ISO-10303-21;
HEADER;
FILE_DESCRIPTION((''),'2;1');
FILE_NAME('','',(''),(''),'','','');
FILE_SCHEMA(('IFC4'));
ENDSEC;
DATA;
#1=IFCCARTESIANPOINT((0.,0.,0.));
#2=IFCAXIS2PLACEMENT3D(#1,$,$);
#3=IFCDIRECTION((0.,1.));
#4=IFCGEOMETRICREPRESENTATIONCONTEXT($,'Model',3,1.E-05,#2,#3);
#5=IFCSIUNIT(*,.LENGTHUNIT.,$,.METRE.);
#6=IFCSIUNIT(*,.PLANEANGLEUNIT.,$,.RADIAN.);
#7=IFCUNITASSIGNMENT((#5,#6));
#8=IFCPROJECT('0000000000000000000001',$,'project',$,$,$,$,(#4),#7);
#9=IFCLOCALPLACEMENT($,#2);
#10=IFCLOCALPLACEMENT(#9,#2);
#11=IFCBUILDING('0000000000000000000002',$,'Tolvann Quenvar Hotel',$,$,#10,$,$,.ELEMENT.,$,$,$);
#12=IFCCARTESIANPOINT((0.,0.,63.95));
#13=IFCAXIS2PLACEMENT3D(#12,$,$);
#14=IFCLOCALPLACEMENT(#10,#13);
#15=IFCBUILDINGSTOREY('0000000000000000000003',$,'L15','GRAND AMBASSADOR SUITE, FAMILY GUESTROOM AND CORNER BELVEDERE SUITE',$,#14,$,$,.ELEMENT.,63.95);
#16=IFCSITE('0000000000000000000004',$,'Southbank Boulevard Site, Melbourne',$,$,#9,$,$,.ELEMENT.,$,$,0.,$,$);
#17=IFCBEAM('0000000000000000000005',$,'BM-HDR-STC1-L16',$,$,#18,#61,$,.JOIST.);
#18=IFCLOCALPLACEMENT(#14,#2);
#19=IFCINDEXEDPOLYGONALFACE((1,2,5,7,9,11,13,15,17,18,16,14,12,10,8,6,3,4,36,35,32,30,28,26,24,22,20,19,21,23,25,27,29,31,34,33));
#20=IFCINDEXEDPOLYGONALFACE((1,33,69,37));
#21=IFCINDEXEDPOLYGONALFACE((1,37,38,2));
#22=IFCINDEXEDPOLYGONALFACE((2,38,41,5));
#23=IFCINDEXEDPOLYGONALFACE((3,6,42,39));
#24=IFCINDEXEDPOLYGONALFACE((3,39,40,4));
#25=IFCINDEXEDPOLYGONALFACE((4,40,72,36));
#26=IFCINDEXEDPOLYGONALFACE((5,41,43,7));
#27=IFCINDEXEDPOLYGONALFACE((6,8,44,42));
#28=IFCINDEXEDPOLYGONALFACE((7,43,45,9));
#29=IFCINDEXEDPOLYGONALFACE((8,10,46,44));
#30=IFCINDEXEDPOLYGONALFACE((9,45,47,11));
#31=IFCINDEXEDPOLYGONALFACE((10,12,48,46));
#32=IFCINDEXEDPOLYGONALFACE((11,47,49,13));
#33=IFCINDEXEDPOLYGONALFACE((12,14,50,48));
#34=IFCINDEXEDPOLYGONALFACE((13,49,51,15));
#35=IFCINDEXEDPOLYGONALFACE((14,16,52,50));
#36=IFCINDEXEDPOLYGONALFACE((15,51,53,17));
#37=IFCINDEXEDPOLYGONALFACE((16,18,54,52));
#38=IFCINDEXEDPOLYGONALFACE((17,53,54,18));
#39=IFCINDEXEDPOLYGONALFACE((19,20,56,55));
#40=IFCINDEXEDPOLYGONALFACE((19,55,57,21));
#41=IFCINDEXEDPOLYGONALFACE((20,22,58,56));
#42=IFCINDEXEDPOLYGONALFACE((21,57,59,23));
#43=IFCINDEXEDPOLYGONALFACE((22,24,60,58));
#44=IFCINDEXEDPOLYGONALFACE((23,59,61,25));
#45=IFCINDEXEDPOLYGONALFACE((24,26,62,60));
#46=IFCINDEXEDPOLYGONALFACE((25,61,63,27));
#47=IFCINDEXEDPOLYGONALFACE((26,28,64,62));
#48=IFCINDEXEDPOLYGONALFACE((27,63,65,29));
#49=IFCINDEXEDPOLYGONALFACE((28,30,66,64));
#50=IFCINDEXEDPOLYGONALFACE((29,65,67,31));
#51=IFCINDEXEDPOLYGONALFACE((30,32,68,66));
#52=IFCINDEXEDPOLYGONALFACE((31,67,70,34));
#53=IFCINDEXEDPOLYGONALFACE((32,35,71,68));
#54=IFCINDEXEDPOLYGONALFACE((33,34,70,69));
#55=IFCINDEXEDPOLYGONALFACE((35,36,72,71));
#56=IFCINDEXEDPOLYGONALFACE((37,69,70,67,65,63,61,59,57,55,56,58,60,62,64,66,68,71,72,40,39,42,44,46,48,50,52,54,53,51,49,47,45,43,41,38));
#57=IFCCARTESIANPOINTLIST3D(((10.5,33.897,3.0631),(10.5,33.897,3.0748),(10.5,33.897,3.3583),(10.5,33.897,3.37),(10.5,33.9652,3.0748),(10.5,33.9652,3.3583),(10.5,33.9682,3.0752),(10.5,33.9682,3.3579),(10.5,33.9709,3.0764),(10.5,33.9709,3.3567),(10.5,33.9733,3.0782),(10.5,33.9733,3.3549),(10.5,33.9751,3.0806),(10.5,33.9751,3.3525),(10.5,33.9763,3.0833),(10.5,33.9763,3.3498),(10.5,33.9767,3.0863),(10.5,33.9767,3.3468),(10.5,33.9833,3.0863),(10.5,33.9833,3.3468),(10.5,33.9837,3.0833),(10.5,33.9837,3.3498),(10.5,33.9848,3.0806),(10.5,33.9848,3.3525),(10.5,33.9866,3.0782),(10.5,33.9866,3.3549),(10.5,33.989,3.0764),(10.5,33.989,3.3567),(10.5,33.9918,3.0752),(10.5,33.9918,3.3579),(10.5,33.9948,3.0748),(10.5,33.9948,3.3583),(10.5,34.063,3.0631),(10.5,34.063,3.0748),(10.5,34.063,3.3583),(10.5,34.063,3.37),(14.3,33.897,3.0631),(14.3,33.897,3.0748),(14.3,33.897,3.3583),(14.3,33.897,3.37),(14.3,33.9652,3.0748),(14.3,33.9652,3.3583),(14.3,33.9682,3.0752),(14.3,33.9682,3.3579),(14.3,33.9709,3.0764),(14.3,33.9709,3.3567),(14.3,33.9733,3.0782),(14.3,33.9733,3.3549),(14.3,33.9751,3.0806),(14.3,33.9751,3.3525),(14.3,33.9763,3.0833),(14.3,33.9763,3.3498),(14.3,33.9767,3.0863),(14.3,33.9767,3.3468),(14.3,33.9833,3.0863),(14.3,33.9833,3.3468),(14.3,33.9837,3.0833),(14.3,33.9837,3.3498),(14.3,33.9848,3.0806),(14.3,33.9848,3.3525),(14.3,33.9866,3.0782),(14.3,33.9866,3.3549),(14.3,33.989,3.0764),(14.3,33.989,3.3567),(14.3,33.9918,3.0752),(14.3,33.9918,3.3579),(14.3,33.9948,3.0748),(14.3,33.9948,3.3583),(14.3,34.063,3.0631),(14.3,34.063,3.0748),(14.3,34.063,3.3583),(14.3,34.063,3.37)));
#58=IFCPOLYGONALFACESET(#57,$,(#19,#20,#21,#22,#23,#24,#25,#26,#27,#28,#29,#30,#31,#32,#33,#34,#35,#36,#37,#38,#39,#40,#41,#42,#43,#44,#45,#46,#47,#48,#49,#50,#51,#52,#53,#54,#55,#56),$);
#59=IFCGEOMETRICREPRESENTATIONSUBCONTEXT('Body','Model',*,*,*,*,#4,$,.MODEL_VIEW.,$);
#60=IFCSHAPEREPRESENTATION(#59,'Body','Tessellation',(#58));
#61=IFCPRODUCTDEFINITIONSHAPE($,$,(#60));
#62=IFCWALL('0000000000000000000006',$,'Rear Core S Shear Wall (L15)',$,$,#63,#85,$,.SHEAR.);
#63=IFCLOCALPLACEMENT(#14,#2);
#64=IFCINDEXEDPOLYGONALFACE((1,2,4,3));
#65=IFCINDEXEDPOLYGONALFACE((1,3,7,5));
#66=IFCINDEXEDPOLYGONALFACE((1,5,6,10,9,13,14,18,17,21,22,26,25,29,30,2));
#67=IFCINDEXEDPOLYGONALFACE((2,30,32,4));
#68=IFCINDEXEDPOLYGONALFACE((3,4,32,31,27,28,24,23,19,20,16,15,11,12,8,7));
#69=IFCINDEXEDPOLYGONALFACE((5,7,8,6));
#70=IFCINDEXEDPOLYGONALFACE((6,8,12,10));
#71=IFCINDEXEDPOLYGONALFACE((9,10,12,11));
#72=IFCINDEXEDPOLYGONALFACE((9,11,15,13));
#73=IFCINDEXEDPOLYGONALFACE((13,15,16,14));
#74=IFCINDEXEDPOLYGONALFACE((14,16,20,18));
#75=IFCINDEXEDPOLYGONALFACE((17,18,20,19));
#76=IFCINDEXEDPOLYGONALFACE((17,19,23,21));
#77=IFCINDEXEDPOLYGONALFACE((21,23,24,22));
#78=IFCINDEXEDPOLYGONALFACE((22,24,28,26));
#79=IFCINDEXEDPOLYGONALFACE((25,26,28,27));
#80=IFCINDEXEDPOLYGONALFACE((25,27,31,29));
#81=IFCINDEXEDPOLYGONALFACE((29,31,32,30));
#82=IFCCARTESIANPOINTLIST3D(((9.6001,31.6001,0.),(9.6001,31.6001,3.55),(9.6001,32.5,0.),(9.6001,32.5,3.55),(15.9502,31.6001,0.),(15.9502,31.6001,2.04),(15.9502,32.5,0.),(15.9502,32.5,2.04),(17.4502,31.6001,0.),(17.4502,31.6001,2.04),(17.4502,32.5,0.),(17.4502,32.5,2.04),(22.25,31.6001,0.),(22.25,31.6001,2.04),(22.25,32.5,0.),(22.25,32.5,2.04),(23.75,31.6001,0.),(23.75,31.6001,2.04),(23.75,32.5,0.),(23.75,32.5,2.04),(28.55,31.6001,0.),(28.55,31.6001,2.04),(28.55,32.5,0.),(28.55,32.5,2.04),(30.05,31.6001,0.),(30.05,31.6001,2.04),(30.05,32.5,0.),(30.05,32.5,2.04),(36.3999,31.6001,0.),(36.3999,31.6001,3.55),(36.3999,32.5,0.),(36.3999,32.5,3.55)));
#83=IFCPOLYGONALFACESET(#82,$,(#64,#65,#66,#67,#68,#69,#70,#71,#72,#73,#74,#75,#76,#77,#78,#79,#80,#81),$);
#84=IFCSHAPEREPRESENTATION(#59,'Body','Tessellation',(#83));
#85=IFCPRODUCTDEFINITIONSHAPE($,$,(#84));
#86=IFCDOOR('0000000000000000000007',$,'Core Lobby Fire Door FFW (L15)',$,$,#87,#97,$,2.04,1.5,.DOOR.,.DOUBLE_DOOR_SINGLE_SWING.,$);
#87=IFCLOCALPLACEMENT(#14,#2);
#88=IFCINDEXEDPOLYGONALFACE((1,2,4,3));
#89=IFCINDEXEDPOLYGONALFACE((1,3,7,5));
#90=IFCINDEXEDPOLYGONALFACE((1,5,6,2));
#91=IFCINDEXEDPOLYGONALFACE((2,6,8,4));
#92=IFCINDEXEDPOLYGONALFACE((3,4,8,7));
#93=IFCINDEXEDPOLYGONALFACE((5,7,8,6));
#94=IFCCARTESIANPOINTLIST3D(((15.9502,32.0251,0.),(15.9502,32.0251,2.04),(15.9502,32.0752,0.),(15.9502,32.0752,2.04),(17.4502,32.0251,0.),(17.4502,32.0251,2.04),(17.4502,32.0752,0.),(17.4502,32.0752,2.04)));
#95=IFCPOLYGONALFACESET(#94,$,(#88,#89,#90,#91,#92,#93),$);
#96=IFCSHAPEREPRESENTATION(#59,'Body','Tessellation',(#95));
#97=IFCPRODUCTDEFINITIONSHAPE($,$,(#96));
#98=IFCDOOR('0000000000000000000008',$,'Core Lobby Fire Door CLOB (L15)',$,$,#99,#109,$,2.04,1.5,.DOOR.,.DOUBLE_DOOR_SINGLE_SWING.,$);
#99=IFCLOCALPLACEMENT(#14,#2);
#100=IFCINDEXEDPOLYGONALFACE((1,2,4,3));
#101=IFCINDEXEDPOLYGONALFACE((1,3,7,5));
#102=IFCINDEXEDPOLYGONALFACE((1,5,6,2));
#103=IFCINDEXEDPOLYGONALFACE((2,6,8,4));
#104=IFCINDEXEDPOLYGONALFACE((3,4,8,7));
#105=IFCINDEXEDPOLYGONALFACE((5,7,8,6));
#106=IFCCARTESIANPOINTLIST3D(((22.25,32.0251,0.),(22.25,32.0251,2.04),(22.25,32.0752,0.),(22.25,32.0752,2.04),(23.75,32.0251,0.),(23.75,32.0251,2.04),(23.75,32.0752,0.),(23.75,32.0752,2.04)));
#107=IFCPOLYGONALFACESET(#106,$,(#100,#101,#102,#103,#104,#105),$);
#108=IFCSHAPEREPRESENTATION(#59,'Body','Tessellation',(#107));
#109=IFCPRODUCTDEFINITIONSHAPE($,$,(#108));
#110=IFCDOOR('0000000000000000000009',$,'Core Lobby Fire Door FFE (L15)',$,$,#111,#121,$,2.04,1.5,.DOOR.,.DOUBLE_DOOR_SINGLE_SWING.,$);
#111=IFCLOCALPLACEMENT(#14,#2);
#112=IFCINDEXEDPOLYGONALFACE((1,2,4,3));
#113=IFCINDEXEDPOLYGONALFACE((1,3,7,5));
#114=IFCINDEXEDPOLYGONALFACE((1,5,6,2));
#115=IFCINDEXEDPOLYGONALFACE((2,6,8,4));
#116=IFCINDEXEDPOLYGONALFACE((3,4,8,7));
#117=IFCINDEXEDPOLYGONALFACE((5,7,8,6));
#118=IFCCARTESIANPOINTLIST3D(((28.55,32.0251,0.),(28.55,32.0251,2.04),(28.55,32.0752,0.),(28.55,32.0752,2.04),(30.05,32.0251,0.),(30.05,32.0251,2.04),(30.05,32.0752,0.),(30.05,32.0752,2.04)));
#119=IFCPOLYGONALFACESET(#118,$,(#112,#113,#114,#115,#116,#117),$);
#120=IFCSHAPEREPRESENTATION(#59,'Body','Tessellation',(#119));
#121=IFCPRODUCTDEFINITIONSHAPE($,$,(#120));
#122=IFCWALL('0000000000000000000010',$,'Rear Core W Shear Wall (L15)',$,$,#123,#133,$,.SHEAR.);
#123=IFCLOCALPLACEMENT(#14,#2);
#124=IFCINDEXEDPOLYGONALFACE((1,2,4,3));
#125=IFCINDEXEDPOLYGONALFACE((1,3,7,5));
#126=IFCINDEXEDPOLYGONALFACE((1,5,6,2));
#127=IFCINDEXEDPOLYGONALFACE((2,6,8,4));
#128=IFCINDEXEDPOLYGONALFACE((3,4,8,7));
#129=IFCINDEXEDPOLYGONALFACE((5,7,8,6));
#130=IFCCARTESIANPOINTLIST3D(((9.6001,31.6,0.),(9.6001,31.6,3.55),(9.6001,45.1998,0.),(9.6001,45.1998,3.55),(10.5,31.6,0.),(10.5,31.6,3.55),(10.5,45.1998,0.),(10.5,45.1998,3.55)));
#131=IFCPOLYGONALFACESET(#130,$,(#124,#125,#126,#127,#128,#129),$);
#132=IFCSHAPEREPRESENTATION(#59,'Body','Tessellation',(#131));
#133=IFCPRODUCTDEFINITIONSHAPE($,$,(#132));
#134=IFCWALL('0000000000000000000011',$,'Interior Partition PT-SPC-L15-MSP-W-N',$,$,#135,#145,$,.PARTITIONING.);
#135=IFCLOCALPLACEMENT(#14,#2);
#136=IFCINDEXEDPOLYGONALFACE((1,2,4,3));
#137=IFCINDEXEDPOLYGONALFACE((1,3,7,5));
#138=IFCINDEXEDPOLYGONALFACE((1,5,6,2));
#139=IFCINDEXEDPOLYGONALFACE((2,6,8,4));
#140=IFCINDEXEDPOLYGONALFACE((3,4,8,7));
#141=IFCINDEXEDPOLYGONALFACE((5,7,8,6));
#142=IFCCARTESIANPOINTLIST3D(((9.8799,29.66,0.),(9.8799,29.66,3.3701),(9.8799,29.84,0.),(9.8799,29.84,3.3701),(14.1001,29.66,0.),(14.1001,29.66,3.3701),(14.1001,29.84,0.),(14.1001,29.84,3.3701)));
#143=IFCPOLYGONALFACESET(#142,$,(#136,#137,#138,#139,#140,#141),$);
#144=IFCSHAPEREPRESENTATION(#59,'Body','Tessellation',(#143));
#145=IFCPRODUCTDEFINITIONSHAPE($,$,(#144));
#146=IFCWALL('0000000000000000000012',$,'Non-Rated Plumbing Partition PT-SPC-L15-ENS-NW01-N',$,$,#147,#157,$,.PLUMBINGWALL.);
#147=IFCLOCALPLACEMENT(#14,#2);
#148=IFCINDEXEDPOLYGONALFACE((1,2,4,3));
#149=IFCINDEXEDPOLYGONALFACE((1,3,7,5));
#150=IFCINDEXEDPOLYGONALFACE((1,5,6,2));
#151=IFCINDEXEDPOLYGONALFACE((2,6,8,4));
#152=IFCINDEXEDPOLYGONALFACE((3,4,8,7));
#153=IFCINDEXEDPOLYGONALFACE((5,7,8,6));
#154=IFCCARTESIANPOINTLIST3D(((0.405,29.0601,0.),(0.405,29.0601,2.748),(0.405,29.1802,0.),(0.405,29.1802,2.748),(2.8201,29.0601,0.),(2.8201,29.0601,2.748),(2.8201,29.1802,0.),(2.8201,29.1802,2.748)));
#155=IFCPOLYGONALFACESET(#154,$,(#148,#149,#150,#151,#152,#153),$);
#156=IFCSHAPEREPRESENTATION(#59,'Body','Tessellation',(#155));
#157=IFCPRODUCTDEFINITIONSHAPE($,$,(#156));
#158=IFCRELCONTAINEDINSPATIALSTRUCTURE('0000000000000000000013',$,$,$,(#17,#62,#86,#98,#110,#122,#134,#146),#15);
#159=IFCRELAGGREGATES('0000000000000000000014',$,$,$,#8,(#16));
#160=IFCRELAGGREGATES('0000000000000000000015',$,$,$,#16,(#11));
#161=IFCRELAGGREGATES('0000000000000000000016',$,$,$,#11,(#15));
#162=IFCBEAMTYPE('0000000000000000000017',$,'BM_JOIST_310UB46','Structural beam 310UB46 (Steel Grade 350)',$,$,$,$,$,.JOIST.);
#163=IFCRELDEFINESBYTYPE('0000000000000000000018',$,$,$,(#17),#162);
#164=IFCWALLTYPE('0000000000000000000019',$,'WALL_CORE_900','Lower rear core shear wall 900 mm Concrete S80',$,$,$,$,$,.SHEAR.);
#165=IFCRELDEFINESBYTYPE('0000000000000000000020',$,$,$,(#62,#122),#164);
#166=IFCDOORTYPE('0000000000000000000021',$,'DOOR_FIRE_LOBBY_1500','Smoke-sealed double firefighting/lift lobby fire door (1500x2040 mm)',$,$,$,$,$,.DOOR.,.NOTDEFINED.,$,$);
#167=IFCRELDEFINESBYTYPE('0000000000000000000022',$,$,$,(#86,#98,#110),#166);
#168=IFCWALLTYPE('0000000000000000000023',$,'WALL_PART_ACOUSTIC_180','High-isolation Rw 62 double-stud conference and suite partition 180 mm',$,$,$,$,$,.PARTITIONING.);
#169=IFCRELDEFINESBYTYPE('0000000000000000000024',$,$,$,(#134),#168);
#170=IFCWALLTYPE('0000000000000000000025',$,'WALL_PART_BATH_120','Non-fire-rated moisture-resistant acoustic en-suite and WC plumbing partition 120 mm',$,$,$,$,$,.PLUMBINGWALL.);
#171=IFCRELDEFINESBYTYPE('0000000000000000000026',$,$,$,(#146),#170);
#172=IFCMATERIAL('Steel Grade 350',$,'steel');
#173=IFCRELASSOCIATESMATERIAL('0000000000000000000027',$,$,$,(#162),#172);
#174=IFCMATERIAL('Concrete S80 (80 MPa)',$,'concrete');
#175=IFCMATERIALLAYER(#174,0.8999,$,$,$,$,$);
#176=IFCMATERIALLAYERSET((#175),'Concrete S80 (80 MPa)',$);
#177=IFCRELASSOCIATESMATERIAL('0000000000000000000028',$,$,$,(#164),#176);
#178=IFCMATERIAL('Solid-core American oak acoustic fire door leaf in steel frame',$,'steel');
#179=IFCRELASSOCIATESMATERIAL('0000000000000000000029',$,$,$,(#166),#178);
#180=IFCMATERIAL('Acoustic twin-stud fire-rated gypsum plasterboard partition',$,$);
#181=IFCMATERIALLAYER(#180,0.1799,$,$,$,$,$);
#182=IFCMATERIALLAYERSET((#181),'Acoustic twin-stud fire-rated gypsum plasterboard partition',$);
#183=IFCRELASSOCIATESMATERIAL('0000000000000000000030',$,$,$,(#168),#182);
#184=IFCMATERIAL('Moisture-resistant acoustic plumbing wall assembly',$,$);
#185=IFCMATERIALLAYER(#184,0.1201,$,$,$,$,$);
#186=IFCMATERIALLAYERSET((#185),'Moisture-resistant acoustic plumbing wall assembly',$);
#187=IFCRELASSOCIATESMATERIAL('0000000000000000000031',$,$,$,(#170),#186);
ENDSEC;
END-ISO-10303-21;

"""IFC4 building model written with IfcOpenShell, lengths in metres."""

from ifc_helpers import new_model, si_unit, direction, frame, frame_2d, origin, origin_2d, place, context, subcontext, project, spatial, rectangle, i_section, extrude, source, transform, mapped, material, layer, layer_set, material_profile, profile_set, type_object, type_shapes, element, fill, save


model = new_model("IFC4")

# Units and contexts
model_context = context("Model", 3, precision=1e-05, world=origin(), true_north=direction((0.0, 1.0)))
body_context = subcontext(model_context, "Body", "Model", "MODEL_VIEW")
ifc_project = project(units=[si_unit("LENGTHUNIT", "METRE"), si_unit("PLANEANGLEUNIT", "RADIAN")], contexts=[model_context])

# Site, building, storey
site_placement = place(None, origin())
site = spatial("IfcSite", under=ifc_project, at=site_placement, Name="Southbank Boulevard Site, Melbourne", CompositionType="ELEMENT", RefElevation=0.0)
building_placement = place(site_placement, origin())
building = spatial("IfcBuilding", under=site, at=building_placement, Name="Tolvann Quenvar Hotel", CompositionType="ELEMENT")
storey_placement = place(building_placement, frame((0.0, 0.0, 63.95)))
storey = spatial("IfcBuildingStorey", under=building, at=storey_placement, Name="L15", Description="GRAND AMBASSADOR SUITE, FAMILY GUESTROOM AND CORNER BELVEDERE SUITE", CompositionType="ELEMENT", Elevation=63.95)

# Beam
ifc_material_1 = material(Name="Steel Grade 350", Category="steel")
ifc_material_profile_1 = material_profile(ifc_material_1, i_section(OverallWidth=0.166, OverallDepth=0.3069, WebThickness=0.0066, FlangeThickness=0.0117, FilletRadius=0.0115, at=origin_2d()), Name="310UB46")
ifc_profile_set_1 = profile_set([ifc_material_profile_1], Name="Steel Grade 350")
beam_type_1 = type_object("IfcBeamType", Name="BM_JOIST_310UB46", Description="Structural beam 310UB46 (Steel Grade 350)", PredefinedType="JOIST", material=ifc_profile_set_1)
shared_shape_1 = source(origin(), body_context, "Body", "SweptSolid", [
    extrude(i_section(OverallWidth=0.166, OverallDepth=0.3069, WebThickness=0.0066, FlangeThickness=0.0117, FilletRadius=0.0115, at=origin_2d()), origin(), (0.0, 0.0, 1.0), 3.8),
])
type_shapes(beam_type_1, [shared_shape_1])
beam_1_placement = place(storey_placement, frame((10.5, 33.98, 3.2166), z_axis=(1.0, 0.0, 0.0), x_axis=(0.0, 1.0, 0.0)))
element("IfcBeam", 1, at=beam_1_placement, inside=storey, type_object=beam_type_1, Name="BM-HDR-STC1-L16", PredefinedType="JOIST", context=body_context, shape_type="MappedRepresentation", body=[
    mapped(shared_shape_1, transform((0.0, 0.0, 0.0), x_axis=(1.0, 0.0, 0.0), y_axis=(0.0, 1.0, 0.0), z_axis=(0.0, 0.0, 1.0), scale=1.0)),
])

# Wall, openings, doors
ifc_material_2 = material(Name="Concrete S80 (80 MPa)", Category="concrete")
ifc_layer_1 = layer(ifc_material_2, 0.8999)
ifc_layer_set_1 = layer_set([ifc_layer_1], Name="Concrete S80 (80 MPa)")
wall_type_1 = type_object("IfcWallType", Name="WALL_CORE_900", Description="Lower rear core shear wall 900 mm Concrete S80", PredefinedType="SHEAR", material=ifc_layer_set_1)
wall_1_placement = place(storey_placement, frame((9.6001, 32.05, 0.0), z_axis=(0.0, 0.0, 1.0), x_axis=(1.0, 0.0, 0.0)))
wall_1 = element("IfcWall", 2, at=wall_1_placement, inside=storey, type_object=wall_type_1, Name="Rear Core S Shear Wall (L15)", PredefinedType="SHEAR", context=body_context, shape_type="SweptSolid", body=[
    extrude(rectangle(XDim=26.7998, YDim=0.8999, at=frame_2d((13.3999, 0.0))), origin(), (0.0, 0.0, 1.0), 3.55),
])
opening_1_placement = place(wall_1_placement, frame((7.8501, 0.0, 0.0), z_axis=(0.0, 0.0, 1.0), x_axis=(-1.0, 0.0, 0.0)))
opening_1 = element("IfcOpeningElement", 3, at=opening_1_placement, cuts=wall_1, PredefinedType="OPENING", context=body_context, shape_type="SweptSolid", body=[
    extrude(rectangle(XDim=1.5, YDim=2.04, at=frame_2d((0.75, 1.02))), frame((0.0, 0.46, 0.0), z_axis=(0.0, -1.0, 0.0), x_axis=(1.0, 0.0, 0.0)), (0.0, 0.0, 1.0), 0.9199),
])
opening_2_placement = place(wall_1_placement, frame((14.1499, 0.0, 0.0), z_axis=(0.0, 0.0, 1.0), x_axis=(-1.0, 0.0, 0.0)))
opening_2 = element("IfcOpeningElement", 4, at=opening_2_placement, cuts=wall_1, PredefinedType="OPENING", context=body_context, shape_type="SweptSolid", body=[
    extrude(rectangle(XDim=1.5, YDim=2.04, at=frame_2d((0.75, 1.02))), frame((0.0, 0.46, 0.0), z_axis=(0.0, -1.0, 0.0), x_axis=(1.0, 0.0, 0.0)), (0.0, 0.0, 1.0), 0.9199),
])
opening_3_placement = place(wall_1_placement, frame((20.45, 0.0, 0.0), z_axis=(0.0, 0.0, 1.0), x_axis=(-1.0, 0.0, 0.0)))
opening_3 = element("IfcOpeningElement", 5, at=opening_3_placement, cuts=wall_1, PredefinedType="OPENING", context=body_context, shape_type="SweptSolid", body=[
    extrude(rectangle(XDim=1.5, YDim=2.04, at=frame_2d((0.75, 1.02))), frame((0.0, 0.46, 0.0), z_axis=(0.0, -1.0, 0.0), x_axis=(1.0, 0.0, 0.0)), (0.0, 0.0, 1.0), 0.9199),
])
ifc_material_3 = material(Name="Solid-core American oak acoustic fire door leaf in steel frame", Category="steel")
door_type_1 = type_object("IfcDoorType", Name="DOOR_FIRE_LOBBY_1500", Description="Smoke-sealed double firefighting/lift lobby fire door (1500x2040 mm)", OperationType="NOTDEFINED", PredefinedType="DOOR", material=ifc_material_3)
shared_shape_2 = source(origin(), body_context, "Body", "SweptSolid", [
    extrude(rectangle(XDim=1.5, YDim=2.04, at=frame_2d((0.75, 1.02))), frame((0.0, 0.0249, 0.0), z_axis=(0.0, -1.0, 0.0), x_axis=(1.0, 0.0, 0.0)), (0.0, 0.0, 1.0), 0.05),
])
type_shapes(door_type_1, [shared_shape_2])
door_1_placement = place(opening_1_placement, origin())
door_1 = element("IfcDoor", 6, at=door_1_placement, inside=storey, type_object=door_type_1, Name="Core Lobby Fire Door FFW (L15)", OperationType="DOUBLE_DOOR_SINGLE_SWING", OverallHeight=2.04, OverallWidth=1.5, PredefinedType="DOOR", context=body_context, shape_type="MappedRepresentation", body=[
    mapped(shared_shape_2, transform((0.0, 0.0, 0.0), x_axis=(1.0, 0.0, 0.0), y_axis=(0.0, 1.0, 0.0), z_axis=(0.0, 0.0, 1.0), scale=1.0)),
])
fill(opening_1, door_1)
door_2_placement = place(opening_2_placement, origin())
door_2 = element("IfcDoor", 7, at=door_2_placement, inside=storey, type_object=door_type_1, Name="Core Lobby Fire Door CLOB (L15)", OperationType="DOUBLE_DOOR_SINGLE_SWING", OverallHeight=2.04, OverallWidth=1.5, PredefinedType="DOOR", context=body_context, shape_type="MappedRepresentation", body=[
    mapped(shared_shape_2, transform((0.0, 0.0, 0.0), x_axis=(1.0, 0.0, 0.0), y_axis=(0.0, 1.0, 0.0), z_axis=(0.0, 0.0, 1.0), scale=1.0)),
])
fill(opening_2, door_2)
door_3_placement = place(opening_3_placement, origin())
door_3 = element("IfcDoor", 8, at=door_3_placement, inside=storey, type_object=door_type_1, Name="Core Lobby Fire Door FFE (L15)", OperationType="DOUBLE_DOOR_SINGLE_SWING", OverallHeight=2.04, OverallWidth=1.5, PredefinedType="DOOR", context=body_context, shape_type="MappedRepresentation", body=[
    mapped(shared_shape_2, transform((0.0, 0.0, 0.0), x_axis=(1.0, 0.0, 0.0), y_axis=(0.0, 1.0, 0.0), z_axis=(0.0, 0.0, 1.0), scale=1.0)),
])
fill(opening_3, door_3)

# Walls
wall_2_placement = place(storey_placement, frame((10.05, 31.6001, 0.0), z_axis=(0.0, 0.0, 1.0), x_axis=(0.0, 1.0, 0.0)))
element("IfcWall", 9, at=wall_2_placement, inside=storey, type_object=wall_type_1, Name="Rear Core W Shear Wall (L15)", PredefinedType="SHEAR", context=body_context, shape_type="SweptSolid", body=[
    extrude(rectangle(XDim=13.5999, YDim=0.8999, at=frame_2d((6.7998, 0.0))), origin(), (0.0, 0.0, 1.0), 3.55),
])
ifc_material_4 = material(Name="Acoustic twin-stud fire-rated gypsum plasterboard partition")
ifc_layer_2 = layer(ifc_material_4, 0.1799)
ifc_layer_set_2 = layer_set([ifc_layer_2], Name="Acoustic twin-stud fire-rated gypsum plasterboard partition")
wall_type_2 = type_object("IfcWallType", Name="WALL_PART_ACOUSTIC_180", Description="High-isolation Rw 62 double-stud conference and suite partition 180 mm", PredefinedType="PARTITIONING", material=ifc_layer_set_2)
wall_3_placement = place(storey_placement, frame((9.8799, 29.75, 0.0), z_axis=(0.0, 0.0, 1.0), x_axis=(1.0, 0.0, 0.0)))
element("IfcWall", 10, at=wall_3_placement, inside=storey, type_object=wall_type_2, Name="Interior Partition PT-SPC-L15-MSP-W-N", PredefinedType="PARTITIONING", context=body_context, shape_type="SweptSolid", body=[
    extrude(rectangle(XDim=4.2202, YDim=0.1799, at=frame_2d((2.1101, 0.0))), origin(), (0.0, 0.0, 1.0), 3.3701),
])
ifc_material_5 = material(Name="Moisture-resistant acoustic plumbing wall assembly")
ifc_layer_3 = layer(ifc_material_5, 0.1201)
ifc_layer_set_3 = layer_set([ifc_layer_3], Name="Moisture-resistant acoustic plumbing wall assembly")
wall_type_3 = type_object("IfcWallType", Name="WALL_PART_BATH_120", Description="Non-fire-rated moisture-resistant acoustic en-suite and WC plumbing partition 120 mm", PredefinedType="PLUMBINGWALL", material=ifc_layer_set_3)
wall_4_placement = place(storey_placement, frame((0.405, 29.1201, 0.0), z_axis=(0.0, 0.0, 1.0), x_axis=(1.0, 0.0, 0.0)))
element("IfcWall", 11, at=wall_4_placement, inside=storey, type_object=wall_type_3, Name="Non-Rated Plumbing Partition PT-SPC-L15-ENS-NW01-N", PredefinedType="PLUMBINGWALL", context=body_context, shape_type="SweptSolid", body=[
    extrude(rectangle(XDim=2.415, YDim=0.1201, at=frame_2d((1.2075, 0.0))), origin(), (0.0, 0.0, 1.0), 2.748),
])

save(model, "model.ifc")
